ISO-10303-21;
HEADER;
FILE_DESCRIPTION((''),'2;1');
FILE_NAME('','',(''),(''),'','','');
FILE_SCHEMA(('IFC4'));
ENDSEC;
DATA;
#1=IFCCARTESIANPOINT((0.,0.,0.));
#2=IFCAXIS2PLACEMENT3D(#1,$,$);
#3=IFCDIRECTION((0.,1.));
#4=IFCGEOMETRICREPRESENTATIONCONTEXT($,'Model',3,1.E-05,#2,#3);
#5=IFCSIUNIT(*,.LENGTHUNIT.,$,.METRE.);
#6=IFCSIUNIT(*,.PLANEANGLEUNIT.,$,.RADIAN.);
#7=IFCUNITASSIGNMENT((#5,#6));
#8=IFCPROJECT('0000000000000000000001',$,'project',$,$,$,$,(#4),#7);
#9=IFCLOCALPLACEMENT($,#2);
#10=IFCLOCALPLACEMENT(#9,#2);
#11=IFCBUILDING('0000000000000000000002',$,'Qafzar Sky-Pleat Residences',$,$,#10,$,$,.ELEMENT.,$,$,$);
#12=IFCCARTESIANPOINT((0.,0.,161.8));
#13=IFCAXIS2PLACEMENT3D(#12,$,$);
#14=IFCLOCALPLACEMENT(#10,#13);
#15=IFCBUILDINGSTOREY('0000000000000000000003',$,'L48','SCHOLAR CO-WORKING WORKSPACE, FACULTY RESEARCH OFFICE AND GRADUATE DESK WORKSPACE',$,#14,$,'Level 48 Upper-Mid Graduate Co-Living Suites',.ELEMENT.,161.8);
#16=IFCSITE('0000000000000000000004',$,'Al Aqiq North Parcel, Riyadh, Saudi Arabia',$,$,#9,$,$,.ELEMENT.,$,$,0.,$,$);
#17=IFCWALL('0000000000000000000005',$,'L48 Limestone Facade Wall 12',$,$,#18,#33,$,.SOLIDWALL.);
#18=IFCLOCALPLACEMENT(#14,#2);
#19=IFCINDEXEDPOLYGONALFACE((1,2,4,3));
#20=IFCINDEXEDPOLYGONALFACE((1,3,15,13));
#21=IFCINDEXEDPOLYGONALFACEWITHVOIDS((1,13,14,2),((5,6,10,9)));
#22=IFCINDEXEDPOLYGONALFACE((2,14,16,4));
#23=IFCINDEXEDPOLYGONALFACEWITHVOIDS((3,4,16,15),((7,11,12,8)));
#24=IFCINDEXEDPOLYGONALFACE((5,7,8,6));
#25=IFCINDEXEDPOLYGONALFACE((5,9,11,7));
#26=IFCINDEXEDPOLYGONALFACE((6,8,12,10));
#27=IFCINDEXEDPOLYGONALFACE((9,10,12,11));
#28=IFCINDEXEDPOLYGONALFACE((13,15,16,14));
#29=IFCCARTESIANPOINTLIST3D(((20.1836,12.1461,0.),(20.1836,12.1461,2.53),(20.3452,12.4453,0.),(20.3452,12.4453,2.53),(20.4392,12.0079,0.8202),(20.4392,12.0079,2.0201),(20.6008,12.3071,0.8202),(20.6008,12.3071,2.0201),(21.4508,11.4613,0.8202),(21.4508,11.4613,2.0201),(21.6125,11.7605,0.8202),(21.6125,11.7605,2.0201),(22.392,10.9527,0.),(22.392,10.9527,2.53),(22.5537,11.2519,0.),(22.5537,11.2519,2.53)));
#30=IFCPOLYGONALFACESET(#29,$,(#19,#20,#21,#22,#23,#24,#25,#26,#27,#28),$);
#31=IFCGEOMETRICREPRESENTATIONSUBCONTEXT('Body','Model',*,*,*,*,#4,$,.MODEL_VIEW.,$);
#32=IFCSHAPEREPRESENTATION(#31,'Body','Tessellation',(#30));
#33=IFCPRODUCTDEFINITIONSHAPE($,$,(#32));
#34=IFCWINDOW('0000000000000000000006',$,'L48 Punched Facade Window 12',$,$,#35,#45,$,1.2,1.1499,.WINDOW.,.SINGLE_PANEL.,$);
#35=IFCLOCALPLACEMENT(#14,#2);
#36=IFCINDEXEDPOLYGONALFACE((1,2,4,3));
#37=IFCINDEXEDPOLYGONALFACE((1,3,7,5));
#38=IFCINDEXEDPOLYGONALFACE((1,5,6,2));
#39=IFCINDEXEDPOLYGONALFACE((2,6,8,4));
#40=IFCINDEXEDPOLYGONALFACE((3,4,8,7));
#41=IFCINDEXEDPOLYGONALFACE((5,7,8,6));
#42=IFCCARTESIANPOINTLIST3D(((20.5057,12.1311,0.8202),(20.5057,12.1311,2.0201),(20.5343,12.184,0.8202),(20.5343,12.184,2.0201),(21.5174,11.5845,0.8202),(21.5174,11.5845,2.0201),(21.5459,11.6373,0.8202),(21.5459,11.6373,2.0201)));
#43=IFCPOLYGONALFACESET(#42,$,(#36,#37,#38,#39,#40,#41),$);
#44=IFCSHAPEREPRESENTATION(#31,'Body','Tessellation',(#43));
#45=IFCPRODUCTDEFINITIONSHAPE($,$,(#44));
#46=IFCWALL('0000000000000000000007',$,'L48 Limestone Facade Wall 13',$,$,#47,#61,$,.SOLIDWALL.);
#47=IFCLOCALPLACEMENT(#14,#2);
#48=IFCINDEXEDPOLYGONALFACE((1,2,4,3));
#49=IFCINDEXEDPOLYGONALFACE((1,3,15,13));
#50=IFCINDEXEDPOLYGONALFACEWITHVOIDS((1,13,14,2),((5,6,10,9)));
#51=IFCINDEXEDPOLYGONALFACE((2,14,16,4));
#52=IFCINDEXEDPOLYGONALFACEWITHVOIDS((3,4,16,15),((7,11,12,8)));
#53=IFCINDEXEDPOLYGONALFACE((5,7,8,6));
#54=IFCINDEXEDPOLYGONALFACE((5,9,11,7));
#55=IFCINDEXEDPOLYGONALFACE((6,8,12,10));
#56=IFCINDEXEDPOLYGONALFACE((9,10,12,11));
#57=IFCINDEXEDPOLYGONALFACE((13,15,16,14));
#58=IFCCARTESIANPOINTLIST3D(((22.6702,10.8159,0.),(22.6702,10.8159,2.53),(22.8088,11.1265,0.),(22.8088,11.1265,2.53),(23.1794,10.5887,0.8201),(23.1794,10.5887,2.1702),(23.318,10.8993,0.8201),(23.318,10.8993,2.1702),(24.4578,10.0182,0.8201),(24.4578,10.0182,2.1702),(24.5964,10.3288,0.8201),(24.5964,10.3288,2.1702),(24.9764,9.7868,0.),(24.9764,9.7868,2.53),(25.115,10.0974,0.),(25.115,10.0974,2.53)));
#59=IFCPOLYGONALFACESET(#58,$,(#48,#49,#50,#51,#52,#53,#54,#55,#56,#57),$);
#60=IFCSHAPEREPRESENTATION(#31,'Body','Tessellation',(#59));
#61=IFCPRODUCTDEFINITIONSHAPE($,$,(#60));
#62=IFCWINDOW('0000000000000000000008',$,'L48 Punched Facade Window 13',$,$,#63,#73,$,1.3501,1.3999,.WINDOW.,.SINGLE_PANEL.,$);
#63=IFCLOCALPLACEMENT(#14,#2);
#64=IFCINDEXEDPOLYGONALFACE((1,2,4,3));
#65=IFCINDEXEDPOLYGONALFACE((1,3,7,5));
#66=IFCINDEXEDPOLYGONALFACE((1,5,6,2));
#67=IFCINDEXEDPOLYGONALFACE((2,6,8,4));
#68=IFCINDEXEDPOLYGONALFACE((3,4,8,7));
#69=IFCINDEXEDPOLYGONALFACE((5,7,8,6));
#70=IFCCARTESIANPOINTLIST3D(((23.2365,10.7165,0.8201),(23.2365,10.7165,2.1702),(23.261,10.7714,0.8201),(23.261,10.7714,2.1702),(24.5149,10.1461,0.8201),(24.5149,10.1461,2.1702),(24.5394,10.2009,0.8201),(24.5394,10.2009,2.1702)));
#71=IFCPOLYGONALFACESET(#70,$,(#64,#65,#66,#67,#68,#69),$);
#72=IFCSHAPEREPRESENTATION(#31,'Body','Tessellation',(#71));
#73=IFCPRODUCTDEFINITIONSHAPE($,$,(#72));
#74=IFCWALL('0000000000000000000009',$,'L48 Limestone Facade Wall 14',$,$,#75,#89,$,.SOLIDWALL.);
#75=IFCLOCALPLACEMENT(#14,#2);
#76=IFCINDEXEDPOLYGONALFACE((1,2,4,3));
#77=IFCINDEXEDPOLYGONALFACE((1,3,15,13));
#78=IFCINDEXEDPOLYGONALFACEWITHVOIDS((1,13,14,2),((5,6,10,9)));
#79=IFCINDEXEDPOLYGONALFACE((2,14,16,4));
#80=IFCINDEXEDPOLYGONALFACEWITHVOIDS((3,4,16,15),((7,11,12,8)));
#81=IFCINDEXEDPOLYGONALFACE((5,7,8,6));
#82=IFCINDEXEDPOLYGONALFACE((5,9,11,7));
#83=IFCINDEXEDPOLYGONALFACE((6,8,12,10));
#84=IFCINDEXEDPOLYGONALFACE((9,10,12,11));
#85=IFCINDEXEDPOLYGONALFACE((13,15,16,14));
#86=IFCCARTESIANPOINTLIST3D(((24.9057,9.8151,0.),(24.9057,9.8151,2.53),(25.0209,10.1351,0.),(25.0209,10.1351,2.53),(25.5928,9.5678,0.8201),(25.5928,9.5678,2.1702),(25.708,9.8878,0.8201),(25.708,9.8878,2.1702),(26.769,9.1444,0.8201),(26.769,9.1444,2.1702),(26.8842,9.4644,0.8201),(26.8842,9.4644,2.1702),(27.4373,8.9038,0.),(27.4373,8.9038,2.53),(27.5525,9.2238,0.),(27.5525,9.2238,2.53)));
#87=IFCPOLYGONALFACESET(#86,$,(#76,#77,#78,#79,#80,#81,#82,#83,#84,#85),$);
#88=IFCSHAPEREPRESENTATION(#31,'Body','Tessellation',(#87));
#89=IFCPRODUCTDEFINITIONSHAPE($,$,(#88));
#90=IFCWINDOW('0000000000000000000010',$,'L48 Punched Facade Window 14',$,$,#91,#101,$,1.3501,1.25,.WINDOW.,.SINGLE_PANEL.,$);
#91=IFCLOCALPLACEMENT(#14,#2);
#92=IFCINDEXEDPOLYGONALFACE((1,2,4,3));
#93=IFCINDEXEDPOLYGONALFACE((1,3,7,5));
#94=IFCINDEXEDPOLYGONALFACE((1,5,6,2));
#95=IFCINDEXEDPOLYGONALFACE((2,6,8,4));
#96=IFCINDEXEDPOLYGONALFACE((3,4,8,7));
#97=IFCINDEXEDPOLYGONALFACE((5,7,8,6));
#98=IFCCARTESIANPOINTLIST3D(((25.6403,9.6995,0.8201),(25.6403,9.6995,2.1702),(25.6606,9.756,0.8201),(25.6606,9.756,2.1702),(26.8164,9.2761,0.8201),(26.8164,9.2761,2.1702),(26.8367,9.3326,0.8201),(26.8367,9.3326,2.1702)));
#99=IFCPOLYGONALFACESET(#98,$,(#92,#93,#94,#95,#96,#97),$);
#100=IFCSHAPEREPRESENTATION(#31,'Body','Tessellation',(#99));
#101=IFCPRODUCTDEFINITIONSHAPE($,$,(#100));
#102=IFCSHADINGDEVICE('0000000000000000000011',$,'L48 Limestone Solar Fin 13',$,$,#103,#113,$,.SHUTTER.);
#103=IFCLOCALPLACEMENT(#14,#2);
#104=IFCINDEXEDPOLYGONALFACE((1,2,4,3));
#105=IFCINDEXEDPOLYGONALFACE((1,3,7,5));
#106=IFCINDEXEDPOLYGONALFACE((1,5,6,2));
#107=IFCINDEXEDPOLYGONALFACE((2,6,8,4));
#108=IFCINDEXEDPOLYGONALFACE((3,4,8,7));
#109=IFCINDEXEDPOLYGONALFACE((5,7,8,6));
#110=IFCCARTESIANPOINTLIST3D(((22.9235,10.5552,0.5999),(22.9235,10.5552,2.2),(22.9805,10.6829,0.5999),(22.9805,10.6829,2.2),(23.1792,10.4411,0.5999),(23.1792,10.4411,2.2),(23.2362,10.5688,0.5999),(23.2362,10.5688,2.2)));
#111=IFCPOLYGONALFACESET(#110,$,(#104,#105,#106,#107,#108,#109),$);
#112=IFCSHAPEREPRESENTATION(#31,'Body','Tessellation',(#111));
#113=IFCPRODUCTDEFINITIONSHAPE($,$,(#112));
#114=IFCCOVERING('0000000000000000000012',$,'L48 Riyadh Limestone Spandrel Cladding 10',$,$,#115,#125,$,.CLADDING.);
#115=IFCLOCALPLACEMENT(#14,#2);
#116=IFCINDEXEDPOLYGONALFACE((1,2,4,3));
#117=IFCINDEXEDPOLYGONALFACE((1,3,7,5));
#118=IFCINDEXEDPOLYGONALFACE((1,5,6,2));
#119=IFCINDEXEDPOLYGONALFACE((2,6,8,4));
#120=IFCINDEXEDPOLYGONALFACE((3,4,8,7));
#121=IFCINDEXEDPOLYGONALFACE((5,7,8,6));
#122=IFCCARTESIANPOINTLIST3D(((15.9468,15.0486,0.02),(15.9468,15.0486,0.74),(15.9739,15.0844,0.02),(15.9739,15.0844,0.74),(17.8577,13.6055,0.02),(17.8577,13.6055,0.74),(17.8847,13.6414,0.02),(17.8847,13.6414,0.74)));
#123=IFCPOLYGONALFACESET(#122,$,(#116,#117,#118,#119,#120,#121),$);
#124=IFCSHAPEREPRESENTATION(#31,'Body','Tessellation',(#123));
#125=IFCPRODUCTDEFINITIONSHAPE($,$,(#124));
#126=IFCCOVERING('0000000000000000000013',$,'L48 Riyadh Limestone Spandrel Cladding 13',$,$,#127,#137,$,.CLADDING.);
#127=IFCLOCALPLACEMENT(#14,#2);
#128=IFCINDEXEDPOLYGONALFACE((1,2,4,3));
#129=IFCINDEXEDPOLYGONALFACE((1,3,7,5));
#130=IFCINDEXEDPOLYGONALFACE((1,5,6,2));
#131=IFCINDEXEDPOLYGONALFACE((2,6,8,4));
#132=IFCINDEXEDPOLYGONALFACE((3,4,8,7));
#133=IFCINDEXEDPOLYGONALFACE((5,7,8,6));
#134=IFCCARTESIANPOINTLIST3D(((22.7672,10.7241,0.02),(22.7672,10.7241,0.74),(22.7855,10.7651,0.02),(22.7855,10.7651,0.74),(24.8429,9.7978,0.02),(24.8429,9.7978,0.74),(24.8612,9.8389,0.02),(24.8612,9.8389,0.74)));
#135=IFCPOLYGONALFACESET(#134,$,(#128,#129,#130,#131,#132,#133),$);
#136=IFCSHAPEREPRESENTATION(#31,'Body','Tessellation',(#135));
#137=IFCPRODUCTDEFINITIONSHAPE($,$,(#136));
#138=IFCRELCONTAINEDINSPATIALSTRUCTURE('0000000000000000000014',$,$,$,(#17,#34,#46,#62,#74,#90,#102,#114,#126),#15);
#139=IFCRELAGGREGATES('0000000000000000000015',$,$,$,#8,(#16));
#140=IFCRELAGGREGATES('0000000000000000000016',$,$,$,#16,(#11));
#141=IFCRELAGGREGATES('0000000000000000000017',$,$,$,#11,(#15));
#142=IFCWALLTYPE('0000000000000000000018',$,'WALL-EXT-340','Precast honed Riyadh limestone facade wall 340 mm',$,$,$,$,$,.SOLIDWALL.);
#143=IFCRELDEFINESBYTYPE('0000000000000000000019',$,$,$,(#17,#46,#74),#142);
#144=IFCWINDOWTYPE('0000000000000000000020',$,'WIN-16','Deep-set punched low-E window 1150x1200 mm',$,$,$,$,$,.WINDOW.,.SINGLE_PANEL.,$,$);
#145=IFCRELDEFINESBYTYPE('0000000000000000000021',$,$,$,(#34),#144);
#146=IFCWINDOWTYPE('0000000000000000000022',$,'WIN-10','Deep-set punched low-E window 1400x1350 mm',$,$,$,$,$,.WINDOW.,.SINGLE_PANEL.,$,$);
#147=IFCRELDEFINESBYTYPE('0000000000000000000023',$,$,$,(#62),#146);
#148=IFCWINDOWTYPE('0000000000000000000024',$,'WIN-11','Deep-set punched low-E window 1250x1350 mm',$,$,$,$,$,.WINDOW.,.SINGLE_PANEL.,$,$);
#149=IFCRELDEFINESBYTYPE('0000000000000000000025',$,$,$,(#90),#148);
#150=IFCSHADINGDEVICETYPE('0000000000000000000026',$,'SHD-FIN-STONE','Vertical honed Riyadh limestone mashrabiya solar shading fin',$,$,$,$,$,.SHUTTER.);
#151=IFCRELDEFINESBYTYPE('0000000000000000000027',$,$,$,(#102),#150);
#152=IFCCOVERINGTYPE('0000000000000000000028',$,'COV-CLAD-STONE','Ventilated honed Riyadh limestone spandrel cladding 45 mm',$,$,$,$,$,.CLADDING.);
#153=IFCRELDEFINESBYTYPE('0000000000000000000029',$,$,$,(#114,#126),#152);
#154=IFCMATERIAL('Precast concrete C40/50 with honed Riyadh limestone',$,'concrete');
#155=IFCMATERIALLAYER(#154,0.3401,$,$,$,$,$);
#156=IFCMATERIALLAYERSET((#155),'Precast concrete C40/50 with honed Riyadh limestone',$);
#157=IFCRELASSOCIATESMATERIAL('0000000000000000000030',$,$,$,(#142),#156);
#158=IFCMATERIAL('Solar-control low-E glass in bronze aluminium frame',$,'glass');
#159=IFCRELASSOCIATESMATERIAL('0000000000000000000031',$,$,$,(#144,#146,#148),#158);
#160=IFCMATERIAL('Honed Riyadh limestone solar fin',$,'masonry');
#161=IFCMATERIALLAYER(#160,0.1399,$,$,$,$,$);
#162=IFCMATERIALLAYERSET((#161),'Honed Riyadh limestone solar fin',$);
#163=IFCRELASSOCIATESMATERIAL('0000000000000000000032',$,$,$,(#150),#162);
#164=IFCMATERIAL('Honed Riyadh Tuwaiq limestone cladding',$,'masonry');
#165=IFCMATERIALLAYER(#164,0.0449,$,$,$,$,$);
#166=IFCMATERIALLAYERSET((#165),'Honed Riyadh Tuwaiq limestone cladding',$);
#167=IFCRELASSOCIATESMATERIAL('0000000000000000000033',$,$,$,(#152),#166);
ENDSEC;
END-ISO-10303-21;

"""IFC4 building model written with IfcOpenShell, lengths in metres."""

from ifc_helpers import new_model, si_unit, direction, frame, frame_2d, origin, origin_2d, place, context, subcontext, project, spatial, rectangle, extrude, source, transform, mapped, material, layer, layer_set, type_object, element, fill, save


model = new_model("IFC4")

# Units and contexts
model_context = context("Model", 3, precision=1e-05, world=origin(), true_north=direction((0.0, 1.0)))
body_context = subcontext(model_context, "Body", "Model", "MODEL_VIEW")
ifc_project = project(units=[si_unit("LENGTHUNIT", "METRE"), si_unit("PLANEANGLEUNIT", "RADIAN")], contexts=[model_context])

# Site, building, storey
site_placement = place(None, origin())
site = spatial("IfcSite", under=ifc_project, at=site_placement, Name="Al Aqiq North Parcel, Riyadh, Saudi Arabia", CompositionType="ELEMENT", RefElevation=0.0)
building_placement = place(site_placement, origin())
building = spatial("IfcBuilding", under=site, at=building_placement, Name="Qafzar Sky-Pleat Residences", CompositionType="ELEMENT")
storey_placement = place(building_placement, frame((0.0, 0.0, 161.8)))
storey = spatial("IfcBuildingStorey", under=building, at=storey_placement, Name="L48", Description="SCHOLAR CO-WORKING WORKSPACE, FACULTY RESEARCH OFFICE AND GRADUATE DESK WORKSPACE", LongName="Level 48 Upper-Mid Graduate Co-Living Suites", CompositionType="ELEMENT", Elevation=161.8)

# Walls, openings, windows
ifc_material_1 = material(Name="Precast concrete C40/50 with honed Riyadh limestone", Category="concrete")
ifc_layer_1 = layer(ifc_material_1, 0.3401)
ifc_layer_set_1 = layer_set([ifc_layer_1], Name="Precast concrete C40/50 with honed Riyadh limestone")
wall_type_1 = type_object("IfcWallType", Name="WALL-EXT-340", Description="Precast honed Riyadh limestone facade wall 340 mm", PredefinedType="SOLIDWALL", material=ifc_layer_set_1)
ifc_material_2 = material(Name="Solar-control low-E glass in bronze aluminium frame", Category="glass")
wall_1_placement = place(storey_placement, frame((20.2644, 12.2957, 0.0), z_axis=(0.0, 0.0, 1.0), x_axis=(0.879777, -0.475387, 0.0)))
wall_1 = element("IfcWall", 1, at=wall_1_placement, inside=storey, type_object=wall_type_1, Name="L48 Limestone Facade Wall 12", PredefinedType="SOLIDWALL", context=body_context, shape_type="SweptSolid", body=[
    extrude(rectangle(XDim=2.5103, YDim=0.3401, at=frame_2d((1.2551, 0.0))), origin(), (0.0, 0.0, 1.0), 2.53),
])
opening_1_placement = place(wall_1_placement, frame((0.2905, 0.0, 0.8201)))
opening_1 = element("IfcOpeningElement", 2, at=opening_1_placement, cuts=wall_1, PredefinedType="OPENING", context=body_context, shape_type="SweptSolid", body=[
    extrude(rectangle(XDim=1.1499, YDim=1.2, at=frame_2d((0.575, 0.6001))), frame((0.0, 0.1802, 0.0), z_axis=(0.0, -1.0, 0.0), x_axis=(1.0, 0.0, 0.0)), (0.0, 0.0, 1.0), 0.3601),
])
window_type_1 = type_object("IfcWindowType", Name="WIN-16", Description="Deep-set punched low-E window 1150x1200 mm", PartitioningType="SINGLE_PANEL", PredefinedType="WINDOW", material=ifc_material_2)
shared_shape_1 = source(origin(), body_context, "Body", "SweptSolid", [
    extrude(rectangle(XDim=1.1499, YDim=1.2, at=frame_2d((0.575, 0.6001))), frame((0.0, 0.03, 0.0), z_axis=(0.0, -1.0, 0.0), x_axis=(1.0, 0.0, 0.0)), (0.0, 0.0, 1.0), 0.0601),
])
window_1_placement = place(opening_1_placement, origin())
window_1 = element("IfcWindow", 3, at=window_1_placement, inside=storey, type_object=window_type_1, Name="L48 Punched Facade Window 12", OverallHeight=1.2, OverallWidth=1.1499, PartitioningType="SINGLE_PANEL", PredefinedType="WINDOW", context=body_context, shape_type="MappedRepresentation", body=[
    mapped(shared_shape_1, transform((0.0, 0.0, 0.0), x_axis=(1.0, 0.0, 0.0), y_axis=(0.0, 1.0, 0.0), z_axis=(0.0, 0.0, 1.0), scale=1.0)),
])
fill(opening_1, window_1)
wall_2_placement = place(storey_placement, frame((22.7395, 10.9712, 0.0), z_axis=(0.0, 0.0, 1.0), x_axis=(0.913209, -0.407492, 0.0)))
wall_2 = element("IfcWall", 4, at=wall_2_placement, inside=storey, type_object=wall_type_1, Name="L48 Limestone Facade Wall 13", PredefinedType="SOLIDWALL", context=body_context, shape_type="SweptSolid", body=[
    extrude(rectangle(XDim=2.5254, YDim=0.3401, at=frame_2d((1.2627, 0.0))), origin(), (0.0, 0.0, 1.0), 2.53),
])
opening_2_placement = place(wall_2_placement, frame((0.5576, 0.0, 0.8201)))
opening_2 = element("IfcOpeningElement", 5, at=opening_2_placement, cuts=wall_2, PredefinedType="OPENING", context=body_context, shape_type="SweptSolid", body=[
    extrude(rectangle(XDim=1.3999, YDim=1.3501, at=frame_2d((0.7, 0.675))), frame((0.0, 0.1802, 0.0), z_axis=(0.0, -1.0, 0.0), x_axis=(1.0, 0.0, 0.0)), (0.0, 0.0, 1.0), 0.3601),
])
window_type_2 = type_object("IfcWindowType", Name="WIN-10", Description="Deep-set punched low-E window 1400x1350 mm", PartitioningType="SINGLE_PANEL", PredefinedType="WINDOW", material=ifc_material_2)
shared_shape_2 = source(origin(), body_context, "Body", "SweptSolid", [
    extrude(rectangle(XDim=1.3999, YDim=1.3501, at=frame_2d((0.7, 0.675))), frame((0.0, 0.03, 0.0), z_axis=(0.0, -1.0, 0.0), x_axis=(1.0, 0.0, 0.0)), (0.0, 0.0, 1.0), 0.0601),
])
window_2_placement = place(opening_2_placement, origin())
window_2 = element("IfcWindow", 6, at=window_2_placement, inside=storey, type_object=window_type_2, Name="L48 Punched Facade Window 13", OverallHeight=1.3501, OverallWidth=1.3999, PartitioningType="SINGLE_PANEL", PredefinedType="WINDOW", context=body_context, shape_type="MappedRepresentation", body=[
    mapped(shared_shape_2, transform((0.0, 0.0, 0.0), x_axis=(1.0, 0.0, 0.0), y_axis=(0.0, 1.0, 0.0), z_axis=(0.0, 0.0, 1.0), scale=1.0)),
])
fill(opening_2, window_2)
wall_3_placement = place(storey_placement, frame((24.9634, 9.9751, 0.0), z_axis=(0.0, 0.0, 1.0), x_axis=(0.940893, -0.338703, 0.0)))
wall_3 = element("IfcWall", 7, at=wall_3_placement, inside=storey, type_object=wall_type_1, Name="L48 Limestone Facade Wall 14", PredefinedType="SOLIDWALL", context=body_context, shape_type="SweptSolid", body=[
    extrude(rectangle(XDim=2.6907, YDim=0.3401, at=frame_2d((1.3452, 0.0))), origin(), (0.0, 0.0, 1.0), 2.53),
])
opening_3_placement = place(wall_3_placement, frame((0.7302, 0.0, 0.8201)))
opening_3 = element("IfcOpeningElement", 8, at=opening_3_placement, cuts=wall_3, PredefinedType="OPENING", context=body_context, shape_type="SweptSolid", body=[
    extrude(rectangle(XDim=1.25, YDim=1.3501, at=frame_2d((0.625, 0.675))), frame((0.0, 0.1802, 0.0), z_axis=(0.0, -1.0, 0.0), x_axis=(1.0, 0.0, 0.0)), (0.0, 0.0, 1.0), 0.3601),
])
window_type_3 = type_object("IfcWindowType", Name="WIN-11", Description="Deep-set punched low-E window 1250x1350 mm", PartitioningType="SINGLE_PANEL", PredefinedType="WINDOW", material=ifc_material_2)
shared_shape_3 = source(origin(), body_context, "Body", "SweptSolid", [
    extrude(rectangle(XDim=1.25, YDim=1.3501, at=frame_2d((0.625, 0.675))), frame((0.0, 0.03, 0.0), z_axis=(0.0, -1.0, 0.0), x_axis=(1.0, 0.0, 0.0)), (0.0, 0.0, 1.0), 0.0601),
])
window_3_placement = place(opening_3_placement, origin())
window_3 = element("IfcWindow", 9, at=window_3_placement, inside=storey, type_object=window_type_3, Name="L48 Punched Facade Window 14", OverallHeight=1.3501, OverallWidth=1.25, PartitioningType="SINGLE_PANEL", PredefinedType="WINDOW", context=body_context, shape_type="MappedRepresentation", body=[
    mapped(shared_shape_3, transform((0.0, 0.0, 0.0), x_axis=(1.0, 0.0, 0.0), y_axis=(0.0, 1.0, 0.0), z_axis=(0.0, 0.0, 1.0), scale=1.0)),
])
fill(opening_3, window_3)

# Shading device
ifc_material_3 = material(Name="Honed Riyadh limestone solar fin", Category="masonry")
ifc_layer_2 = layer(ifc_material_3, 0.1399)
ifc_layer_set_2 = layer_set([ifc_layer_2], Name="Honed Riyadh limestone solar fin")
shading_device_type = type_object("IfcShadingDeviceType", Name="SHD-FIN-STONE", Description="Vertical honed Riyadh limestone mashrabiya solar shading fin", PredefinedType="SHUTTER", material=ifc_layer_set_2)
shared_shape_4 = source(origin(), body_context, "Body", "SweptSolid", [
    extrude(rectangle(XDim=0.1399, YDim=0.28, at=origin_2d()), origin(), (0.0, 0.0, 1.0), 1.6001),
])
shading_device_placement = place(storey_placement, frame((23.0798, 10.562, 0.5999), z_axis=(0.0, 0.0, 1.0), x_axis=(-0.407532, -0.913191, 0.0)))
element("IfcShadingDevice", 10, at=shading_device_placement, inside=storey, type_object=shading_device_type, Name="L48 Limestone Solar Fin 13", PredefinedType="SHUTTER", context=body_context, shape_type="MappedRepresentation", body=[
    mapped(shared_shape_4, transform((0.0, 0.0, 0.0), x_axis=(1.0, 0.0, 0.0), y_axis=(0.0, 1.0, 0.0), z_axis=(0.0, 0.0, 1.0), scale=1.0)),
])

# Coverings
ifc_material_4 = material(Name="Honed Riyadh Tuwaiq limestone cladding", Category="masonry")
ifc_layer_3 = layer(ifc_material_4, 0.0449)
ifc_layer_set_3 = layer_set([ifc_layer_3], Name="Honed Riyadh Tuwaiq limestone cladding")
covering_type = type_object("IfcCoveringType", Name="COV-CLAD-STONE", Description="Ventilated honed Riyadh limestone spandrel cladding 45 mm", PredefinedType="CLADDING", material=ifc_layer_set_3)
shared_shape_5 = source(origin(), body_context, "Body", "SweptSolid", [
    extrude(rectangle(XDim=2.3945, YDim=0.0449, at=origin_2d()), origin(), (0.0, 0.0, 1.0), 0.72),
])
covering_1_placement = place(storey_placement, frame((16.9158, 14.345, 0.02), z_axis=(0.0, 0.0, 1.0), x_axis=(0.798011, -0.602643, 0.0)))
element("IfcCovering", 11, at=covering_1_placement, inside=storey, type_object=covering_type, Name="L48 Riyadh Limestone Spandrel Cladding 10", PredefinedType="CLADDING", context=body_context, shape_type="MappedRepresentation", body=[
    mapped(shared_shape_5, transform((0.0, 0.0, 0.0), x_axis=(1.0, 0.0, 0.0), y_axis=(0.0, 1.0, 0.0), z_axis=(0.0, 0.0, 1.0), scale=1.0)),
])
shared_shape_6 = source(origin(), body_context, "Body", "SweptSolid", [
    extrude(rectangle(XDim=2.2729, YDim=0.0449, at=origin_2d()), origin(), (0.0, 0.0, 1.0), 0.72),
])
covering_2_placement = place(storey_placement, frame((23.8142, 10.2815, 0.02), z_axis=(0.0, 0.0, 1.0), x_axis=(0.913197, -0.407519, 0.0)))
element("IfcCovering", 12, at=covering_2_placement, inside=storey, type_object=covering_type, Name="L48 Riyadh Limestone Spandrel Cladding 13", PredefinedType="CLADDING", context=body_context, shape_type="MappedRepresentation", body=[
    mapped(shared_shape_6, transform((0.0, 0.0, 0.0), x_axis=(1.0, 0.0, 0.0), y_axis=(0.0, 1.0, 0.0), z_axis=(0.0, 0.0, 1.0), scale=1.0)),
])

save(model, "model.ifc")
